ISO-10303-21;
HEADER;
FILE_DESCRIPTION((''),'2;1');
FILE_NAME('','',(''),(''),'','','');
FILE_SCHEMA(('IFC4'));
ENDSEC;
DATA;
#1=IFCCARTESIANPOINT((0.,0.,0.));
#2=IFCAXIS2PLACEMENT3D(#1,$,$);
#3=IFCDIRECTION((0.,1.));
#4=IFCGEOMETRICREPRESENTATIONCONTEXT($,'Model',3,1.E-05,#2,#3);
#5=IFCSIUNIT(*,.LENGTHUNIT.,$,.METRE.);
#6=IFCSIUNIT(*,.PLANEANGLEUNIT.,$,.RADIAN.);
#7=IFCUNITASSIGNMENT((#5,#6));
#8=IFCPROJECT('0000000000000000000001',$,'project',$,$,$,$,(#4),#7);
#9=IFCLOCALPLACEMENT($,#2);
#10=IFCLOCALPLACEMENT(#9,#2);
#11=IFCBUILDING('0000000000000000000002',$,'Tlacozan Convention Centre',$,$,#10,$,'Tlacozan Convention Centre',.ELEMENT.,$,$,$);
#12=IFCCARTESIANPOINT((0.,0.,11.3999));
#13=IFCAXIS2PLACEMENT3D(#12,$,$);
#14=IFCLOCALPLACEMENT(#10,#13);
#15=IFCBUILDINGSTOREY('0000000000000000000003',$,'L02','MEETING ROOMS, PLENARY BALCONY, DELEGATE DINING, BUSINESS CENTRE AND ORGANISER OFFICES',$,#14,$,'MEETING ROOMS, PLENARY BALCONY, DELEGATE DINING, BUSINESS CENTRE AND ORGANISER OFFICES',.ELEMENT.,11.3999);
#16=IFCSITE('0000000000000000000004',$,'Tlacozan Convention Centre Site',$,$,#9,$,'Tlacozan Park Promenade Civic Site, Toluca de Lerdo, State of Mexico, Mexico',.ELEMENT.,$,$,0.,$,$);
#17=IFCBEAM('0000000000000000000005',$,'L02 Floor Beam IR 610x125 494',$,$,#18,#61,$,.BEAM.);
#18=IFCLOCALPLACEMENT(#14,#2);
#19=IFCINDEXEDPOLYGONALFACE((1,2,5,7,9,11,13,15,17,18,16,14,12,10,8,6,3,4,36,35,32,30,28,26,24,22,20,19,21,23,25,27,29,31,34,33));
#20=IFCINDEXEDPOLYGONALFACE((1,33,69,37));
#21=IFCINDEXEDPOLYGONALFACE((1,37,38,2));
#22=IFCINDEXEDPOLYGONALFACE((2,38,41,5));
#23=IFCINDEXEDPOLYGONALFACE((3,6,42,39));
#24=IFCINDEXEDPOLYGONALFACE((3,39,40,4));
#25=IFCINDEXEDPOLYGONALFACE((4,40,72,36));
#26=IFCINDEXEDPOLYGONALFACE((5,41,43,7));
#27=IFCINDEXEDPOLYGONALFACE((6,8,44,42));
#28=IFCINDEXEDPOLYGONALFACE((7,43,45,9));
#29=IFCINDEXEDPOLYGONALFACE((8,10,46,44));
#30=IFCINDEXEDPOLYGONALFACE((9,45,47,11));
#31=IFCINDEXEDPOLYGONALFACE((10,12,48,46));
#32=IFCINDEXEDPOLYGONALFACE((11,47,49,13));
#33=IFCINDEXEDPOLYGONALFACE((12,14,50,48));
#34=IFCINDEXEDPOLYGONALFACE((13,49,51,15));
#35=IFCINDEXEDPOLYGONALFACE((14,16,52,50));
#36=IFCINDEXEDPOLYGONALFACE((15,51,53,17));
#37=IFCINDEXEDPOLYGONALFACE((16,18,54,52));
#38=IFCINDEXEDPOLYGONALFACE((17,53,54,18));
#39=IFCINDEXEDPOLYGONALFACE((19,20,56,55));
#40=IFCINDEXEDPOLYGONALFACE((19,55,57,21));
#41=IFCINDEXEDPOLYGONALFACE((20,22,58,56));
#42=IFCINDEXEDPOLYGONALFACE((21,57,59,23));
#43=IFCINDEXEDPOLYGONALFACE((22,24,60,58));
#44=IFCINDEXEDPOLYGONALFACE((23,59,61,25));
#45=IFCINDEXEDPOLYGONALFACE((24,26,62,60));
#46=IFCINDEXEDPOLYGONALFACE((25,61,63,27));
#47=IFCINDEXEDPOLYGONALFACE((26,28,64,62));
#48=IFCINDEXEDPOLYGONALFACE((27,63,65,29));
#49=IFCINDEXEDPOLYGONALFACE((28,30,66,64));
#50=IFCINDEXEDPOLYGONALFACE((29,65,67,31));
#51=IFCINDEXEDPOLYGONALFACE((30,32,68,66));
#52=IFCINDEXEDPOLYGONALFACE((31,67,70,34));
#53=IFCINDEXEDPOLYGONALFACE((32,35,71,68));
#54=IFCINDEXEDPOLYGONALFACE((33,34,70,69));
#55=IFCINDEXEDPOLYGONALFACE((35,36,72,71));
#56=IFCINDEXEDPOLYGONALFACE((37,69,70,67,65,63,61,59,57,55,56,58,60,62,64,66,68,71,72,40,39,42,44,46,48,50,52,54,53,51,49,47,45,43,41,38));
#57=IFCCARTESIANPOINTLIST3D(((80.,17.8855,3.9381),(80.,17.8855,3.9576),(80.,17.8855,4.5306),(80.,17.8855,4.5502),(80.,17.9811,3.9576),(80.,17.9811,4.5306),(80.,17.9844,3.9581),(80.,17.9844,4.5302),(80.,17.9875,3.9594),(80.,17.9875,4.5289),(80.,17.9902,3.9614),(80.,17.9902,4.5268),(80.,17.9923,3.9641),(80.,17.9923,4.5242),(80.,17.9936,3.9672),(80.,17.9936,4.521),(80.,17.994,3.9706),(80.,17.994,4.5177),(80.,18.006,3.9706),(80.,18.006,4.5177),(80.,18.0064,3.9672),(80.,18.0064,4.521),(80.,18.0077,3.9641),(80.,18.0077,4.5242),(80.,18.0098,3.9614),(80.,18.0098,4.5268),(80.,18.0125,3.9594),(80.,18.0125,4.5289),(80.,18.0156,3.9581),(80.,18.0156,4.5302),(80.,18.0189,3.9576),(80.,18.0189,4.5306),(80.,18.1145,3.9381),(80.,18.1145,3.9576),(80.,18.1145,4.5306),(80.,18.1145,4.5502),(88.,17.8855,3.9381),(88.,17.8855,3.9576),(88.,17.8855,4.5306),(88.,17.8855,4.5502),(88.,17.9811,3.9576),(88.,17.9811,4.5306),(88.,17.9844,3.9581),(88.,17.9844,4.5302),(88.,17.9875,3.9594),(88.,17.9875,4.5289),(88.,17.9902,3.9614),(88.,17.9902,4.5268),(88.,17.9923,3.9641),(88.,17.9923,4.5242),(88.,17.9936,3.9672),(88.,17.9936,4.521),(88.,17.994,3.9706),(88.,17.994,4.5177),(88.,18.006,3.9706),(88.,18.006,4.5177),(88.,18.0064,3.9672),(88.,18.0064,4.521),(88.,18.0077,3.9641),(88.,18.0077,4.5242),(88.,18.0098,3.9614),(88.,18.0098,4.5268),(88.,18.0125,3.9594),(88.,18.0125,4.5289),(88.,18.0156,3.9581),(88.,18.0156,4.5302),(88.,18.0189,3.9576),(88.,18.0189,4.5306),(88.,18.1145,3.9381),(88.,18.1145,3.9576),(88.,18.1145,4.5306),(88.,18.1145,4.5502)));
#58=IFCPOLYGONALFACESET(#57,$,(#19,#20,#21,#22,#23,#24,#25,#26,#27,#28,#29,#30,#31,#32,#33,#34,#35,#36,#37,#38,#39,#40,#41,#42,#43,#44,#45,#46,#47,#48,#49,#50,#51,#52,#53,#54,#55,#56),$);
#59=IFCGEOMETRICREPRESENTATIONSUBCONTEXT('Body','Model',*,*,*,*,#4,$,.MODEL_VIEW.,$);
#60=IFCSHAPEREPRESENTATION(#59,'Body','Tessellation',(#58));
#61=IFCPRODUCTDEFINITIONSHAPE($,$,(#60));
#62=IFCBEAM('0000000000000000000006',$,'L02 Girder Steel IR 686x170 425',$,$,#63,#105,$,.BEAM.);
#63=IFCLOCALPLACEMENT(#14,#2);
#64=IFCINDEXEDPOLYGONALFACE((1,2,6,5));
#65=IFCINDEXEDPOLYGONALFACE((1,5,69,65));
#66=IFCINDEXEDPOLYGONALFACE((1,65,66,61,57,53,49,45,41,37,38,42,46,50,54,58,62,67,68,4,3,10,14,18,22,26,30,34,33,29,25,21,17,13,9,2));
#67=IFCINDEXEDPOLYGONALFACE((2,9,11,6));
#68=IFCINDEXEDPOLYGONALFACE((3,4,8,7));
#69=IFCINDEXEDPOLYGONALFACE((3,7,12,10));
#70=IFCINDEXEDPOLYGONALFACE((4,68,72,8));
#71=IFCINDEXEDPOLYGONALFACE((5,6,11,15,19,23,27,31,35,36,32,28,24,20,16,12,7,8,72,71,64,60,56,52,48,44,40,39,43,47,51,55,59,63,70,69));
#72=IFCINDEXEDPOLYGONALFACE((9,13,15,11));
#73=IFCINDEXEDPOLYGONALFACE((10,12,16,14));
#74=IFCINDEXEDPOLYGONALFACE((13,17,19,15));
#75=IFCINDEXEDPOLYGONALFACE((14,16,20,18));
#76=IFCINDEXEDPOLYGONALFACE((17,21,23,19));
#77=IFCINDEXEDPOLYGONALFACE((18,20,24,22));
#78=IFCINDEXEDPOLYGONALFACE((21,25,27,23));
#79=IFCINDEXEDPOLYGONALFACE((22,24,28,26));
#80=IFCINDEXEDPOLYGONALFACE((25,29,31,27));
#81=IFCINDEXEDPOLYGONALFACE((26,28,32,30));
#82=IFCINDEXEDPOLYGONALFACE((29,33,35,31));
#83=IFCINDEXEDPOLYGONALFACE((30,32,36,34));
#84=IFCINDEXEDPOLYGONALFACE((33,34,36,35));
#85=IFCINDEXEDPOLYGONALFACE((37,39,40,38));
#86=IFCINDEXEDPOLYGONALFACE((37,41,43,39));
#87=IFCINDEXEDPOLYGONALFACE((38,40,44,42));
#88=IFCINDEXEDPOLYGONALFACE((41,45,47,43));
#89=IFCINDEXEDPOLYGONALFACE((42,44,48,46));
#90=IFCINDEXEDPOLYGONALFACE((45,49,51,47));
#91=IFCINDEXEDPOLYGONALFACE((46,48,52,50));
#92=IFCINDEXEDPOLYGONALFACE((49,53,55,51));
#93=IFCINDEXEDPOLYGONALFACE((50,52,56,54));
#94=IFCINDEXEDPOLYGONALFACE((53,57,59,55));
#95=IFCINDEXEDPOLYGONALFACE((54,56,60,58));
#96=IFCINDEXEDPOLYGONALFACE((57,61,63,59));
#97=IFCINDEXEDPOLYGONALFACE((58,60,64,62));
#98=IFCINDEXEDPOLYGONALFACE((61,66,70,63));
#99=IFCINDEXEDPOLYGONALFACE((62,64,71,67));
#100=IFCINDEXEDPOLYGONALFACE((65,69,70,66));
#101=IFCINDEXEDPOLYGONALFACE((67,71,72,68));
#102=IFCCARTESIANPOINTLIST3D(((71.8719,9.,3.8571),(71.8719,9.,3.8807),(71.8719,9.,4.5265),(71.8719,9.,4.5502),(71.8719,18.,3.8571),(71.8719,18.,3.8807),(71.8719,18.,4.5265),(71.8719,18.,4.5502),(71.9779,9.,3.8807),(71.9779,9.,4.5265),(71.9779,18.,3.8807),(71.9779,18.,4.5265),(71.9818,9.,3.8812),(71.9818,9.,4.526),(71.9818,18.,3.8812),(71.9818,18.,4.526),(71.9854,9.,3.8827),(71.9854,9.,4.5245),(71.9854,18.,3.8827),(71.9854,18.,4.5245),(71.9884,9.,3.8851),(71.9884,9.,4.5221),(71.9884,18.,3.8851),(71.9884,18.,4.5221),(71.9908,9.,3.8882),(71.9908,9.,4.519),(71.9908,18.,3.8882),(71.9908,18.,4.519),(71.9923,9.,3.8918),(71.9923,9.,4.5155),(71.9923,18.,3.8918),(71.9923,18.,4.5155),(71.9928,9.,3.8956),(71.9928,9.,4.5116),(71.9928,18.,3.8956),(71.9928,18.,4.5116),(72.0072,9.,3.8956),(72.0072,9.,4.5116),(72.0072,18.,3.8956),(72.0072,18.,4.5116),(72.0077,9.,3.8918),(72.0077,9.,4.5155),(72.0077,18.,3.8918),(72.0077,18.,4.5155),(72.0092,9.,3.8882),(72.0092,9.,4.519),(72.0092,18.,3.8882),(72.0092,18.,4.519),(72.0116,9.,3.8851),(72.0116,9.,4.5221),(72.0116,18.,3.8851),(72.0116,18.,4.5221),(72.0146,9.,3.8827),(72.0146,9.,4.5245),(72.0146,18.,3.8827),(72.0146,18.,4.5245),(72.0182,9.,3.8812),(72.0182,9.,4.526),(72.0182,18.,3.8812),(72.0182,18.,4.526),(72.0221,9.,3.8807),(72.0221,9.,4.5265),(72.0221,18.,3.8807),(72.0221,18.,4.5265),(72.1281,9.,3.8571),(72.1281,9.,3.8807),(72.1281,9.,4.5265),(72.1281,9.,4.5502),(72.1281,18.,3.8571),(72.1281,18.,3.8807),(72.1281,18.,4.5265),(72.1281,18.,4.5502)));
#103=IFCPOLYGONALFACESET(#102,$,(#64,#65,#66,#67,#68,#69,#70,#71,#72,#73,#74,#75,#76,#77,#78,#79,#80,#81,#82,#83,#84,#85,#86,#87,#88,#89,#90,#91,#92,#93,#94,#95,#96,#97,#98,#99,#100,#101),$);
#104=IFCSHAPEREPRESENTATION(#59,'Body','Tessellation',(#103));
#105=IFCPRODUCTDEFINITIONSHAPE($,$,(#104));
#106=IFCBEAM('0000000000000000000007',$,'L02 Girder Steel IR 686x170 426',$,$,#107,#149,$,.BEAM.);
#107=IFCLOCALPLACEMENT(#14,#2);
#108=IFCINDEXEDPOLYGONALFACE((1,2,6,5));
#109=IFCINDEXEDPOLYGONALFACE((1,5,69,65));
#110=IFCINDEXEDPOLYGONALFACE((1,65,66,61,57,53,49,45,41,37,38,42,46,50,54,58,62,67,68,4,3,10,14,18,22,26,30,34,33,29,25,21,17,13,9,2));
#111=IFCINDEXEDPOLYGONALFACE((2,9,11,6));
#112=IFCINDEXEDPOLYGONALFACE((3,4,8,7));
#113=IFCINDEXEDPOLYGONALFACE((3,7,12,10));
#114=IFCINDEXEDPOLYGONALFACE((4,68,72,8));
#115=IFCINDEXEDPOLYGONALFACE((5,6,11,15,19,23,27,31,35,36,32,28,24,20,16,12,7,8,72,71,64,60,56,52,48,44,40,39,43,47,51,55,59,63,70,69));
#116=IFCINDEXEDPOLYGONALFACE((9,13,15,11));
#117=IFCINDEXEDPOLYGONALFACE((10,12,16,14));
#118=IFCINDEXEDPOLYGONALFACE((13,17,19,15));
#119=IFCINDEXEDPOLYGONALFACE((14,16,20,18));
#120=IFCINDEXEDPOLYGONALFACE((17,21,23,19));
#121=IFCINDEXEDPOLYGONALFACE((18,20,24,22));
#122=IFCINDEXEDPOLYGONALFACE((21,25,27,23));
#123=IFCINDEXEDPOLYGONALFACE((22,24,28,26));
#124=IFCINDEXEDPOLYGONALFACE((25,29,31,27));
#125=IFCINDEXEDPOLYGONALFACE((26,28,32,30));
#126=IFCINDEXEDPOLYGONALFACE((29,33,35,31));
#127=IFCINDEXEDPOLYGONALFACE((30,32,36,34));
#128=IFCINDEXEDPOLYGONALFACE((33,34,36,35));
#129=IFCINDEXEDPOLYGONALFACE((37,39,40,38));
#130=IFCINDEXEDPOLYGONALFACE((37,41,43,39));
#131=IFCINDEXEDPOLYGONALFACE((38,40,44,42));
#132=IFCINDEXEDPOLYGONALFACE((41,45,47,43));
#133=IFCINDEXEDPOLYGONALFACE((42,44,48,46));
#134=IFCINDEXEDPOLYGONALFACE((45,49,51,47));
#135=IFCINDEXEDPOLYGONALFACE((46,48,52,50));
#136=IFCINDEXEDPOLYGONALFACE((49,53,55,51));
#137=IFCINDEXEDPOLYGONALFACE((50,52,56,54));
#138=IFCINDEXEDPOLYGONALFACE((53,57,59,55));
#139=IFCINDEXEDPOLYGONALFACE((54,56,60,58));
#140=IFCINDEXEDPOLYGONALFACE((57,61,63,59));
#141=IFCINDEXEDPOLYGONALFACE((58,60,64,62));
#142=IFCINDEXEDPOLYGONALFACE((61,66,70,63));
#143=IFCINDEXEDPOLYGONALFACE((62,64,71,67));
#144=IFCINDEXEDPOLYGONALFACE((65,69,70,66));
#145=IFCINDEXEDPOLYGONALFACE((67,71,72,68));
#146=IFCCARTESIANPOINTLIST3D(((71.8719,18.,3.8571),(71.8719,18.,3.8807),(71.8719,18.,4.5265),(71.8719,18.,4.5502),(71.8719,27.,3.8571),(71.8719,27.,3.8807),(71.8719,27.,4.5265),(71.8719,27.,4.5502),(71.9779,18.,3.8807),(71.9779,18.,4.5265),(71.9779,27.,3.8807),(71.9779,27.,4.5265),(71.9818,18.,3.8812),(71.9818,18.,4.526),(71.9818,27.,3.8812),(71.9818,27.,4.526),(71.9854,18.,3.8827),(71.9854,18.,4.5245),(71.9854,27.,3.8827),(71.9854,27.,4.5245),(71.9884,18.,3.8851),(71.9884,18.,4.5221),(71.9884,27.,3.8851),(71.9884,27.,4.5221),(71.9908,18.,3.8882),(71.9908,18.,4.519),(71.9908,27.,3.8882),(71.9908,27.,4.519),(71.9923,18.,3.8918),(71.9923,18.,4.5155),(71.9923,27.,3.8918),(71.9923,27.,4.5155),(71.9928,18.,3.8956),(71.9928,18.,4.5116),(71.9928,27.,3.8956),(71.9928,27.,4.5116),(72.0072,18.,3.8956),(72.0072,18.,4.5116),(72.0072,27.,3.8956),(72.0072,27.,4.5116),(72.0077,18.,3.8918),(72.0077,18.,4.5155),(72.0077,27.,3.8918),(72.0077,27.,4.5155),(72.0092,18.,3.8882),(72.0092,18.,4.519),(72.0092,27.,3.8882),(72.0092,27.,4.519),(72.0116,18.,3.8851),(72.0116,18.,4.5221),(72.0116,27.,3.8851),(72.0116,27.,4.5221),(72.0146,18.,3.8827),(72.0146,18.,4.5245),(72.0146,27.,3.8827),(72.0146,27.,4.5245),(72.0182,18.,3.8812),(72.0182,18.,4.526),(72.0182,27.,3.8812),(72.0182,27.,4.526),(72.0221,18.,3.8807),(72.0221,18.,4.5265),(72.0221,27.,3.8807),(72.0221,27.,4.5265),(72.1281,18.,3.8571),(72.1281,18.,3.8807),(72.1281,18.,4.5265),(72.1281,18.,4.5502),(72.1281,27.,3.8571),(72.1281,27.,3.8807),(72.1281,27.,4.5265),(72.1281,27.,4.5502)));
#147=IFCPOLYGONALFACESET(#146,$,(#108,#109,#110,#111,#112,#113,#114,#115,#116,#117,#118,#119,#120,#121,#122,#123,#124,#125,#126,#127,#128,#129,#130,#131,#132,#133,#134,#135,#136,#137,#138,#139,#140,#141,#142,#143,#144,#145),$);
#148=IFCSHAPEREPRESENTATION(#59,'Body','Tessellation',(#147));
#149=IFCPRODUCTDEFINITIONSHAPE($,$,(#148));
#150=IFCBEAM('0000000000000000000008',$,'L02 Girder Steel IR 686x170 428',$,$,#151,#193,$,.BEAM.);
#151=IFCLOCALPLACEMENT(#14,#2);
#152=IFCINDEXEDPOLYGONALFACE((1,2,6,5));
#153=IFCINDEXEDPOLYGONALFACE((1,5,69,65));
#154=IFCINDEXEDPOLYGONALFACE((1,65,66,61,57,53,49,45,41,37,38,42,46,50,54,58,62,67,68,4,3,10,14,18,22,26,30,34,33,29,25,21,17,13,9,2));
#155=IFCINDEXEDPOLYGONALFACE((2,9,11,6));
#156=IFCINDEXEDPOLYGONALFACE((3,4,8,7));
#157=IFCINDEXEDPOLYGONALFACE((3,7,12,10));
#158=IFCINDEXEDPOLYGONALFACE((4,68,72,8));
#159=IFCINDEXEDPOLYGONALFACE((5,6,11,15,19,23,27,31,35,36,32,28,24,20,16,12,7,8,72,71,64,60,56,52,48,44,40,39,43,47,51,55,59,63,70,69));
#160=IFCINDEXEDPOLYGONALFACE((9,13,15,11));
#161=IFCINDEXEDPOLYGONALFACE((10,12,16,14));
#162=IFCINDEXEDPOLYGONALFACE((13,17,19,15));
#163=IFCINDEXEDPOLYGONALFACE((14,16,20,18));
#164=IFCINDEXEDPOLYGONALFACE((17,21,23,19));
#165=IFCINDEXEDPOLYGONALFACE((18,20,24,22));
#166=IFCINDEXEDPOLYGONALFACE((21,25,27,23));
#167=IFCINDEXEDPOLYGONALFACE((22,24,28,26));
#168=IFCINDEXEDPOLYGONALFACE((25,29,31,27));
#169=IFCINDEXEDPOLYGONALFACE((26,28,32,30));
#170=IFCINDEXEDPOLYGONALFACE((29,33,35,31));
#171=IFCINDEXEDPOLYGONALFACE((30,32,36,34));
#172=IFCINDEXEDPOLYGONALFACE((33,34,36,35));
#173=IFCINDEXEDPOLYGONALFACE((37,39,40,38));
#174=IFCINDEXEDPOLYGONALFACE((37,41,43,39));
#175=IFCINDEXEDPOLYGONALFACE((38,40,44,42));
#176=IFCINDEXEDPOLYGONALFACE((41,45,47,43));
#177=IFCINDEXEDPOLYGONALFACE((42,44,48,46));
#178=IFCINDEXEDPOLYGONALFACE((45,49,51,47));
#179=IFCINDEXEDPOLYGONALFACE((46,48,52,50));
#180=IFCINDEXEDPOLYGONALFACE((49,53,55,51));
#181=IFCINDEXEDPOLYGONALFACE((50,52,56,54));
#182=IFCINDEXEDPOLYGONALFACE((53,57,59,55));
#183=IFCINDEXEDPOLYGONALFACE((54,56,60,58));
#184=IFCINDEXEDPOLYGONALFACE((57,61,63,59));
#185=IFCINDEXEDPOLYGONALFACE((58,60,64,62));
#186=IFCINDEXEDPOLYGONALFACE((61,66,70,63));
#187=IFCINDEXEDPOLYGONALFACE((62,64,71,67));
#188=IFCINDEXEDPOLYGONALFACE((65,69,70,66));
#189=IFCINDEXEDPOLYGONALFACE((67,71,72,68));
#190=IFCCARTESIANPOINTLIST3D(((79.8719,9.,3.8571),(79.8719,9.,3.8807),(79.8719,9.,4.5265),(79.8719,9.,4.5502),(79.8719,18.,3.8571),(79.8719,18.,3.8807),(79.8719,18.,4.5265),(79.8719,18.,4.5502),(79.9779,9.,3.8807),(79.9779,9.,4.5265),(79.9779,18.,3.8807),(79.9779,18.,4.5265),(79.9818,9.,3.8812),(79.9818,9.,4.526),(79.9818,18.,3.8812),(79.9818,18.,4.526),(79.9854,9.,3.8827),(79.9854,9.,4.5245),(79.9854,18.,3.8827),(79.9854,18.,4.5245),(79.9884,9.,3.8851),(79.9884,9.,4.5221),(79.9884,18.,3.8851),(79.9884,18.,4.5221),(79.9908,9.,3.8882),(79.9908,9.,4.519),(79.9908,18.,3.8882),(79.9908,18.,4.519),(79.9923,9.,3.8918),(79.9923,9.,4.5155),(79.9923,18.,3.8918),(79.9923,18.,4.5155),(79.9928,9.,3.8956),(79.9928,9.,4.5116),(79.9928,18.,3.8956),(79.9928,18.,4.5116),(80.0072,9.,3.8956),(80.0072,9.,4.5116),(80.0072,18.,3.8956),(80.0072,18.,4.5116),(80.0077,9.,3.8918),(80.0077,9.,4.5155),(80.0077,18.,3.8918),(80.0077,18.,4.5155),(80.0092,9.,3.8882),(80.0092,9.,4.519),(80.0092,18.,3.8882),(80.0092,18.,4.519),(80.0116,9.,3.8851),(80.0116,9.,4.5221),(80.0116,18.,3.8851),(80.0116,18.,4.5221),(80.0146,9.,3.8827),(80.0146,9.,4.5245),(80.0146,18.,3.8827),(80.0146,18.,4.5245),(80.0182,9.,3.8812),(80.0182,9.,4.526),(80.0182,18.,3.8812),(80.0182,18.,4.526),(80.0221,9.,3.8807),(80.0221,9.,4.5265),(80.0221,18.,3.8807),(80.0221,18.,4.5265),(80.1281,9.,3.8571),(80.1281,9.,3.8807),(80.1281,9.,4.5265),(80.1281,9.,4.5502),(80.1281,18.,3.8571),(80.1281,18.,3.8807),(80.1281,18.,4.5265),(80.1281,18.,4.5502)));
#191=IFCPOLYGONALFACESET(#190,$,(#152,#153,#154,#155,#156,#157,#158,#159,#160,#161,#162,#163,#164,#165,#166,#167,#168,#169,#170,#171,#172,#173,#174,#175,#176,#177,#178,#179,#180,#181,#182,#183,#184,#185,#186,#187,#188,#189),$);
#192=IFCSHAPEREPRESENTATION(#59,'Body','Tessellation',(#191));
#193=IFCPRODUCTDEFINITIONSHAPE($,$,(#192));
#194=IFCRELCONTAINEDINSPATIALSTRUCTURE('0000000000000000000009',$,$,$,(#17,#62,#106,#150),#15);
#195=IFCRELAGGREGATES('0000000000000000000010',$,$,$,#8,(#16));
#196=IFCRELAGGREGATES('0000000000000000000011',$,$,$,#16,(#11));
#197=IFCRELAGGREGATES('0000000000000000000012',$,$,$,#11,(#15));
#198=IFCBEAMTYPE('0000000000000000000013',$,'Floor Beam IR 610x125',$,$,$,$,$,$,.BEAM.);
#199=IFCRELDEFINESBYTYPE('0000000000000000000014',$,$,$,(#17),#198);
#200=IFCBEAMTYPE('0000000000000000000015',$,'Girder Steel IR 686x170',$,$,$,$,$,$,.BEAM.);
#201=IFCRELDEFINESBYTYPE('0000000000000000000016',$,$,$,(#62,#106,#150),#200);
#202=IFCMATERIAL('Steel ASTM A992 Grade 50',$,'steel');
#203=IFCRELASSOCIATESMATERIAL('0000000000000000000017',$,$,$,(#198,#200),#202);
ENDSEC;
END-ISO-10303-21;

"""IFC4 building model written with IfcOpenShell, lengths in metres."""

from ifc_helpers import new_model, si_unit, direction, frame, origin, origin_2d, place, context, subcontext, project, spatial, i_section, extrude, material, material_profile, profile_set, type_object, element, save


model = new_model("IFC4")

# Units and contexts
model_context = context("Model", 3, precision=1e-05, world=origin(), true_north=direction((0.0, 1.0)))
body_context = subcontext(model_context, "Body", "Model", "MODEL_VIEW")
ifc_project = project(units=[si_unit("LENGTHUNIT", "METRE"), si_unit("PLANEANGLEUNIT", "RADIAN")], contexts=[model_context])

# Site, building, storey
site_placement = place(None, origin())
site = spatial("IfcSite", under=ifc_project, at=site_placement, Name="Tlacozan Convention Centre Site", LongName="Tlacozan Park Promenade Civic Site, Toluca de Lerdo, State of Mexico, Mexico", CompositionType="ELEMENT", RefElevation=0.0)
building_placement = place(site_placement, origin())
building = spatial("IfcBuilding", under=site, at=building_placement, Name="Tlacozan Convention Centre", LongName="Tlacozan Convention Centre", CompositionType="ELEMENT")
storey_placement = place(building_placement, frame((0.0, 0.0, 11.3999)))
storey = spatial("IfcBuildingStorey", under=building, at=storey_placement, Name="L02", Description="MEETING ROOMS, PLENARY BALCONY, DELEGATE DINING, BUSINESS CENTRE AND ORGANISER OFFICES", LongName="MEETING ROOMS, PLENARY BALCONY, DELEGATE DINING, BUSINESS CENTRE AND ORGANISER OFFICES", CompositionType="ELEMENT", Elevation=11.3999)

# Beams
ifc_material_1 = material(Name="Steel ASTM A992 Grade 50", Category="steel")
ifc_material_profile_1 = material_profile(ifc_material_1, i_section(OverallWidth=0.229, OverallDepth=0.6121, WebThickness=0.012, FlangeThickness=0.0195, FilletRadius=0.0129, at=origin_2d()), Name="IR 610x125.0")
ifc_profile_set_1 = profile_set([ifc_material_profile_1], Name="Steel ASTM A992 Grade 50")
beam_type_1 = type_object("IfcBeamType", Name="Floor Beam IR 610x125", PredefinedType="BEAM", material=ifc_profile_set_1)
for number, where, z_axis, x_axis, name in (
    (1, (80.0, 18.0, 4.2441), (1.0, 0.0, 0.0), (0.0, 1.0, 0.0), "L02 Floor Beam IR 610x125 494"),
):
    element("IfcBeam", number, at=place(storey_placement, frame(where, z_axis=z_axis, x_axis=x_axis)), inside=storey, type_object=beam_type_1, Name=name, PredefinedType="BEAM", context=body_context, shape_type="SweptSolid", body=[
        extrude(i_section(OverallWidth=0.229, OverallDepth=0.6121, WebThickness=0.012, FlangeThickness=0.0195, FilletRadius=0.0129, at=origin_2d()), origin(), (0.0, 0.0, 1.0), 8.0),
    ])
ifc_material_profile_2 = material_profile(ifc_material_1, i_section(OverallWidth=0.2561, OverallDepth=0.6931, WebThickness=0.0144, FlangeThickness=0.0237, FilletRadius=0.0149, at=origin_2d()), Name="IR 686x170.0")
ifc_profile_set_2 = profile_set([ifc_material_profile_2], Name="Steel ASTM A992 Grade 50")
beam_type_2 = type_object("IfcBeamType", Name="Girder Steel IR 686x170", PredefinedType="BEAM", material=ifc_profile_set_2)
for number, where, z_axis, x_axis, name in (
    (2, (72.0, 9.0, 4.2036), (0.0, 1.0, 0.0), (-1.0, 0.0, 0.0), "L02 Girder Steel IR 686x170 425"),
    (3, (72.0, 18.0, 4.2036), (0.0, 1.0, 0.0), (-1.0, 0.0, 0.0), "L02 Girder Steel IR 686x170 426"),
    (4, (80.0, 9.0, 4.2036), (0.0, 1.0, 0.0), (-1.0, 0.0, 0.0), "L02 Girder Steel IR 686x170 428"),
):
    element("IfcBeam", number, at=place(storey_placement, frame(where, z_axis=z_axis, x_axis=x_axis)), inside=storey, type_object=beam_type_2, Name=name, PredefinedType="BEAM", context=body_context, shape_type="SweptSolid", body=[
        extrude(i_section(OverallWidth=0.2561, OverallDepth=0.6931, WebThickness=0.0144, FlangeThickness=0.0237, FilletRadius=0.0149, at=origin_2d()), origin(), (0.0, 0.0, 1.0), 9.0),
    ])

save(model, "model.ifc")
